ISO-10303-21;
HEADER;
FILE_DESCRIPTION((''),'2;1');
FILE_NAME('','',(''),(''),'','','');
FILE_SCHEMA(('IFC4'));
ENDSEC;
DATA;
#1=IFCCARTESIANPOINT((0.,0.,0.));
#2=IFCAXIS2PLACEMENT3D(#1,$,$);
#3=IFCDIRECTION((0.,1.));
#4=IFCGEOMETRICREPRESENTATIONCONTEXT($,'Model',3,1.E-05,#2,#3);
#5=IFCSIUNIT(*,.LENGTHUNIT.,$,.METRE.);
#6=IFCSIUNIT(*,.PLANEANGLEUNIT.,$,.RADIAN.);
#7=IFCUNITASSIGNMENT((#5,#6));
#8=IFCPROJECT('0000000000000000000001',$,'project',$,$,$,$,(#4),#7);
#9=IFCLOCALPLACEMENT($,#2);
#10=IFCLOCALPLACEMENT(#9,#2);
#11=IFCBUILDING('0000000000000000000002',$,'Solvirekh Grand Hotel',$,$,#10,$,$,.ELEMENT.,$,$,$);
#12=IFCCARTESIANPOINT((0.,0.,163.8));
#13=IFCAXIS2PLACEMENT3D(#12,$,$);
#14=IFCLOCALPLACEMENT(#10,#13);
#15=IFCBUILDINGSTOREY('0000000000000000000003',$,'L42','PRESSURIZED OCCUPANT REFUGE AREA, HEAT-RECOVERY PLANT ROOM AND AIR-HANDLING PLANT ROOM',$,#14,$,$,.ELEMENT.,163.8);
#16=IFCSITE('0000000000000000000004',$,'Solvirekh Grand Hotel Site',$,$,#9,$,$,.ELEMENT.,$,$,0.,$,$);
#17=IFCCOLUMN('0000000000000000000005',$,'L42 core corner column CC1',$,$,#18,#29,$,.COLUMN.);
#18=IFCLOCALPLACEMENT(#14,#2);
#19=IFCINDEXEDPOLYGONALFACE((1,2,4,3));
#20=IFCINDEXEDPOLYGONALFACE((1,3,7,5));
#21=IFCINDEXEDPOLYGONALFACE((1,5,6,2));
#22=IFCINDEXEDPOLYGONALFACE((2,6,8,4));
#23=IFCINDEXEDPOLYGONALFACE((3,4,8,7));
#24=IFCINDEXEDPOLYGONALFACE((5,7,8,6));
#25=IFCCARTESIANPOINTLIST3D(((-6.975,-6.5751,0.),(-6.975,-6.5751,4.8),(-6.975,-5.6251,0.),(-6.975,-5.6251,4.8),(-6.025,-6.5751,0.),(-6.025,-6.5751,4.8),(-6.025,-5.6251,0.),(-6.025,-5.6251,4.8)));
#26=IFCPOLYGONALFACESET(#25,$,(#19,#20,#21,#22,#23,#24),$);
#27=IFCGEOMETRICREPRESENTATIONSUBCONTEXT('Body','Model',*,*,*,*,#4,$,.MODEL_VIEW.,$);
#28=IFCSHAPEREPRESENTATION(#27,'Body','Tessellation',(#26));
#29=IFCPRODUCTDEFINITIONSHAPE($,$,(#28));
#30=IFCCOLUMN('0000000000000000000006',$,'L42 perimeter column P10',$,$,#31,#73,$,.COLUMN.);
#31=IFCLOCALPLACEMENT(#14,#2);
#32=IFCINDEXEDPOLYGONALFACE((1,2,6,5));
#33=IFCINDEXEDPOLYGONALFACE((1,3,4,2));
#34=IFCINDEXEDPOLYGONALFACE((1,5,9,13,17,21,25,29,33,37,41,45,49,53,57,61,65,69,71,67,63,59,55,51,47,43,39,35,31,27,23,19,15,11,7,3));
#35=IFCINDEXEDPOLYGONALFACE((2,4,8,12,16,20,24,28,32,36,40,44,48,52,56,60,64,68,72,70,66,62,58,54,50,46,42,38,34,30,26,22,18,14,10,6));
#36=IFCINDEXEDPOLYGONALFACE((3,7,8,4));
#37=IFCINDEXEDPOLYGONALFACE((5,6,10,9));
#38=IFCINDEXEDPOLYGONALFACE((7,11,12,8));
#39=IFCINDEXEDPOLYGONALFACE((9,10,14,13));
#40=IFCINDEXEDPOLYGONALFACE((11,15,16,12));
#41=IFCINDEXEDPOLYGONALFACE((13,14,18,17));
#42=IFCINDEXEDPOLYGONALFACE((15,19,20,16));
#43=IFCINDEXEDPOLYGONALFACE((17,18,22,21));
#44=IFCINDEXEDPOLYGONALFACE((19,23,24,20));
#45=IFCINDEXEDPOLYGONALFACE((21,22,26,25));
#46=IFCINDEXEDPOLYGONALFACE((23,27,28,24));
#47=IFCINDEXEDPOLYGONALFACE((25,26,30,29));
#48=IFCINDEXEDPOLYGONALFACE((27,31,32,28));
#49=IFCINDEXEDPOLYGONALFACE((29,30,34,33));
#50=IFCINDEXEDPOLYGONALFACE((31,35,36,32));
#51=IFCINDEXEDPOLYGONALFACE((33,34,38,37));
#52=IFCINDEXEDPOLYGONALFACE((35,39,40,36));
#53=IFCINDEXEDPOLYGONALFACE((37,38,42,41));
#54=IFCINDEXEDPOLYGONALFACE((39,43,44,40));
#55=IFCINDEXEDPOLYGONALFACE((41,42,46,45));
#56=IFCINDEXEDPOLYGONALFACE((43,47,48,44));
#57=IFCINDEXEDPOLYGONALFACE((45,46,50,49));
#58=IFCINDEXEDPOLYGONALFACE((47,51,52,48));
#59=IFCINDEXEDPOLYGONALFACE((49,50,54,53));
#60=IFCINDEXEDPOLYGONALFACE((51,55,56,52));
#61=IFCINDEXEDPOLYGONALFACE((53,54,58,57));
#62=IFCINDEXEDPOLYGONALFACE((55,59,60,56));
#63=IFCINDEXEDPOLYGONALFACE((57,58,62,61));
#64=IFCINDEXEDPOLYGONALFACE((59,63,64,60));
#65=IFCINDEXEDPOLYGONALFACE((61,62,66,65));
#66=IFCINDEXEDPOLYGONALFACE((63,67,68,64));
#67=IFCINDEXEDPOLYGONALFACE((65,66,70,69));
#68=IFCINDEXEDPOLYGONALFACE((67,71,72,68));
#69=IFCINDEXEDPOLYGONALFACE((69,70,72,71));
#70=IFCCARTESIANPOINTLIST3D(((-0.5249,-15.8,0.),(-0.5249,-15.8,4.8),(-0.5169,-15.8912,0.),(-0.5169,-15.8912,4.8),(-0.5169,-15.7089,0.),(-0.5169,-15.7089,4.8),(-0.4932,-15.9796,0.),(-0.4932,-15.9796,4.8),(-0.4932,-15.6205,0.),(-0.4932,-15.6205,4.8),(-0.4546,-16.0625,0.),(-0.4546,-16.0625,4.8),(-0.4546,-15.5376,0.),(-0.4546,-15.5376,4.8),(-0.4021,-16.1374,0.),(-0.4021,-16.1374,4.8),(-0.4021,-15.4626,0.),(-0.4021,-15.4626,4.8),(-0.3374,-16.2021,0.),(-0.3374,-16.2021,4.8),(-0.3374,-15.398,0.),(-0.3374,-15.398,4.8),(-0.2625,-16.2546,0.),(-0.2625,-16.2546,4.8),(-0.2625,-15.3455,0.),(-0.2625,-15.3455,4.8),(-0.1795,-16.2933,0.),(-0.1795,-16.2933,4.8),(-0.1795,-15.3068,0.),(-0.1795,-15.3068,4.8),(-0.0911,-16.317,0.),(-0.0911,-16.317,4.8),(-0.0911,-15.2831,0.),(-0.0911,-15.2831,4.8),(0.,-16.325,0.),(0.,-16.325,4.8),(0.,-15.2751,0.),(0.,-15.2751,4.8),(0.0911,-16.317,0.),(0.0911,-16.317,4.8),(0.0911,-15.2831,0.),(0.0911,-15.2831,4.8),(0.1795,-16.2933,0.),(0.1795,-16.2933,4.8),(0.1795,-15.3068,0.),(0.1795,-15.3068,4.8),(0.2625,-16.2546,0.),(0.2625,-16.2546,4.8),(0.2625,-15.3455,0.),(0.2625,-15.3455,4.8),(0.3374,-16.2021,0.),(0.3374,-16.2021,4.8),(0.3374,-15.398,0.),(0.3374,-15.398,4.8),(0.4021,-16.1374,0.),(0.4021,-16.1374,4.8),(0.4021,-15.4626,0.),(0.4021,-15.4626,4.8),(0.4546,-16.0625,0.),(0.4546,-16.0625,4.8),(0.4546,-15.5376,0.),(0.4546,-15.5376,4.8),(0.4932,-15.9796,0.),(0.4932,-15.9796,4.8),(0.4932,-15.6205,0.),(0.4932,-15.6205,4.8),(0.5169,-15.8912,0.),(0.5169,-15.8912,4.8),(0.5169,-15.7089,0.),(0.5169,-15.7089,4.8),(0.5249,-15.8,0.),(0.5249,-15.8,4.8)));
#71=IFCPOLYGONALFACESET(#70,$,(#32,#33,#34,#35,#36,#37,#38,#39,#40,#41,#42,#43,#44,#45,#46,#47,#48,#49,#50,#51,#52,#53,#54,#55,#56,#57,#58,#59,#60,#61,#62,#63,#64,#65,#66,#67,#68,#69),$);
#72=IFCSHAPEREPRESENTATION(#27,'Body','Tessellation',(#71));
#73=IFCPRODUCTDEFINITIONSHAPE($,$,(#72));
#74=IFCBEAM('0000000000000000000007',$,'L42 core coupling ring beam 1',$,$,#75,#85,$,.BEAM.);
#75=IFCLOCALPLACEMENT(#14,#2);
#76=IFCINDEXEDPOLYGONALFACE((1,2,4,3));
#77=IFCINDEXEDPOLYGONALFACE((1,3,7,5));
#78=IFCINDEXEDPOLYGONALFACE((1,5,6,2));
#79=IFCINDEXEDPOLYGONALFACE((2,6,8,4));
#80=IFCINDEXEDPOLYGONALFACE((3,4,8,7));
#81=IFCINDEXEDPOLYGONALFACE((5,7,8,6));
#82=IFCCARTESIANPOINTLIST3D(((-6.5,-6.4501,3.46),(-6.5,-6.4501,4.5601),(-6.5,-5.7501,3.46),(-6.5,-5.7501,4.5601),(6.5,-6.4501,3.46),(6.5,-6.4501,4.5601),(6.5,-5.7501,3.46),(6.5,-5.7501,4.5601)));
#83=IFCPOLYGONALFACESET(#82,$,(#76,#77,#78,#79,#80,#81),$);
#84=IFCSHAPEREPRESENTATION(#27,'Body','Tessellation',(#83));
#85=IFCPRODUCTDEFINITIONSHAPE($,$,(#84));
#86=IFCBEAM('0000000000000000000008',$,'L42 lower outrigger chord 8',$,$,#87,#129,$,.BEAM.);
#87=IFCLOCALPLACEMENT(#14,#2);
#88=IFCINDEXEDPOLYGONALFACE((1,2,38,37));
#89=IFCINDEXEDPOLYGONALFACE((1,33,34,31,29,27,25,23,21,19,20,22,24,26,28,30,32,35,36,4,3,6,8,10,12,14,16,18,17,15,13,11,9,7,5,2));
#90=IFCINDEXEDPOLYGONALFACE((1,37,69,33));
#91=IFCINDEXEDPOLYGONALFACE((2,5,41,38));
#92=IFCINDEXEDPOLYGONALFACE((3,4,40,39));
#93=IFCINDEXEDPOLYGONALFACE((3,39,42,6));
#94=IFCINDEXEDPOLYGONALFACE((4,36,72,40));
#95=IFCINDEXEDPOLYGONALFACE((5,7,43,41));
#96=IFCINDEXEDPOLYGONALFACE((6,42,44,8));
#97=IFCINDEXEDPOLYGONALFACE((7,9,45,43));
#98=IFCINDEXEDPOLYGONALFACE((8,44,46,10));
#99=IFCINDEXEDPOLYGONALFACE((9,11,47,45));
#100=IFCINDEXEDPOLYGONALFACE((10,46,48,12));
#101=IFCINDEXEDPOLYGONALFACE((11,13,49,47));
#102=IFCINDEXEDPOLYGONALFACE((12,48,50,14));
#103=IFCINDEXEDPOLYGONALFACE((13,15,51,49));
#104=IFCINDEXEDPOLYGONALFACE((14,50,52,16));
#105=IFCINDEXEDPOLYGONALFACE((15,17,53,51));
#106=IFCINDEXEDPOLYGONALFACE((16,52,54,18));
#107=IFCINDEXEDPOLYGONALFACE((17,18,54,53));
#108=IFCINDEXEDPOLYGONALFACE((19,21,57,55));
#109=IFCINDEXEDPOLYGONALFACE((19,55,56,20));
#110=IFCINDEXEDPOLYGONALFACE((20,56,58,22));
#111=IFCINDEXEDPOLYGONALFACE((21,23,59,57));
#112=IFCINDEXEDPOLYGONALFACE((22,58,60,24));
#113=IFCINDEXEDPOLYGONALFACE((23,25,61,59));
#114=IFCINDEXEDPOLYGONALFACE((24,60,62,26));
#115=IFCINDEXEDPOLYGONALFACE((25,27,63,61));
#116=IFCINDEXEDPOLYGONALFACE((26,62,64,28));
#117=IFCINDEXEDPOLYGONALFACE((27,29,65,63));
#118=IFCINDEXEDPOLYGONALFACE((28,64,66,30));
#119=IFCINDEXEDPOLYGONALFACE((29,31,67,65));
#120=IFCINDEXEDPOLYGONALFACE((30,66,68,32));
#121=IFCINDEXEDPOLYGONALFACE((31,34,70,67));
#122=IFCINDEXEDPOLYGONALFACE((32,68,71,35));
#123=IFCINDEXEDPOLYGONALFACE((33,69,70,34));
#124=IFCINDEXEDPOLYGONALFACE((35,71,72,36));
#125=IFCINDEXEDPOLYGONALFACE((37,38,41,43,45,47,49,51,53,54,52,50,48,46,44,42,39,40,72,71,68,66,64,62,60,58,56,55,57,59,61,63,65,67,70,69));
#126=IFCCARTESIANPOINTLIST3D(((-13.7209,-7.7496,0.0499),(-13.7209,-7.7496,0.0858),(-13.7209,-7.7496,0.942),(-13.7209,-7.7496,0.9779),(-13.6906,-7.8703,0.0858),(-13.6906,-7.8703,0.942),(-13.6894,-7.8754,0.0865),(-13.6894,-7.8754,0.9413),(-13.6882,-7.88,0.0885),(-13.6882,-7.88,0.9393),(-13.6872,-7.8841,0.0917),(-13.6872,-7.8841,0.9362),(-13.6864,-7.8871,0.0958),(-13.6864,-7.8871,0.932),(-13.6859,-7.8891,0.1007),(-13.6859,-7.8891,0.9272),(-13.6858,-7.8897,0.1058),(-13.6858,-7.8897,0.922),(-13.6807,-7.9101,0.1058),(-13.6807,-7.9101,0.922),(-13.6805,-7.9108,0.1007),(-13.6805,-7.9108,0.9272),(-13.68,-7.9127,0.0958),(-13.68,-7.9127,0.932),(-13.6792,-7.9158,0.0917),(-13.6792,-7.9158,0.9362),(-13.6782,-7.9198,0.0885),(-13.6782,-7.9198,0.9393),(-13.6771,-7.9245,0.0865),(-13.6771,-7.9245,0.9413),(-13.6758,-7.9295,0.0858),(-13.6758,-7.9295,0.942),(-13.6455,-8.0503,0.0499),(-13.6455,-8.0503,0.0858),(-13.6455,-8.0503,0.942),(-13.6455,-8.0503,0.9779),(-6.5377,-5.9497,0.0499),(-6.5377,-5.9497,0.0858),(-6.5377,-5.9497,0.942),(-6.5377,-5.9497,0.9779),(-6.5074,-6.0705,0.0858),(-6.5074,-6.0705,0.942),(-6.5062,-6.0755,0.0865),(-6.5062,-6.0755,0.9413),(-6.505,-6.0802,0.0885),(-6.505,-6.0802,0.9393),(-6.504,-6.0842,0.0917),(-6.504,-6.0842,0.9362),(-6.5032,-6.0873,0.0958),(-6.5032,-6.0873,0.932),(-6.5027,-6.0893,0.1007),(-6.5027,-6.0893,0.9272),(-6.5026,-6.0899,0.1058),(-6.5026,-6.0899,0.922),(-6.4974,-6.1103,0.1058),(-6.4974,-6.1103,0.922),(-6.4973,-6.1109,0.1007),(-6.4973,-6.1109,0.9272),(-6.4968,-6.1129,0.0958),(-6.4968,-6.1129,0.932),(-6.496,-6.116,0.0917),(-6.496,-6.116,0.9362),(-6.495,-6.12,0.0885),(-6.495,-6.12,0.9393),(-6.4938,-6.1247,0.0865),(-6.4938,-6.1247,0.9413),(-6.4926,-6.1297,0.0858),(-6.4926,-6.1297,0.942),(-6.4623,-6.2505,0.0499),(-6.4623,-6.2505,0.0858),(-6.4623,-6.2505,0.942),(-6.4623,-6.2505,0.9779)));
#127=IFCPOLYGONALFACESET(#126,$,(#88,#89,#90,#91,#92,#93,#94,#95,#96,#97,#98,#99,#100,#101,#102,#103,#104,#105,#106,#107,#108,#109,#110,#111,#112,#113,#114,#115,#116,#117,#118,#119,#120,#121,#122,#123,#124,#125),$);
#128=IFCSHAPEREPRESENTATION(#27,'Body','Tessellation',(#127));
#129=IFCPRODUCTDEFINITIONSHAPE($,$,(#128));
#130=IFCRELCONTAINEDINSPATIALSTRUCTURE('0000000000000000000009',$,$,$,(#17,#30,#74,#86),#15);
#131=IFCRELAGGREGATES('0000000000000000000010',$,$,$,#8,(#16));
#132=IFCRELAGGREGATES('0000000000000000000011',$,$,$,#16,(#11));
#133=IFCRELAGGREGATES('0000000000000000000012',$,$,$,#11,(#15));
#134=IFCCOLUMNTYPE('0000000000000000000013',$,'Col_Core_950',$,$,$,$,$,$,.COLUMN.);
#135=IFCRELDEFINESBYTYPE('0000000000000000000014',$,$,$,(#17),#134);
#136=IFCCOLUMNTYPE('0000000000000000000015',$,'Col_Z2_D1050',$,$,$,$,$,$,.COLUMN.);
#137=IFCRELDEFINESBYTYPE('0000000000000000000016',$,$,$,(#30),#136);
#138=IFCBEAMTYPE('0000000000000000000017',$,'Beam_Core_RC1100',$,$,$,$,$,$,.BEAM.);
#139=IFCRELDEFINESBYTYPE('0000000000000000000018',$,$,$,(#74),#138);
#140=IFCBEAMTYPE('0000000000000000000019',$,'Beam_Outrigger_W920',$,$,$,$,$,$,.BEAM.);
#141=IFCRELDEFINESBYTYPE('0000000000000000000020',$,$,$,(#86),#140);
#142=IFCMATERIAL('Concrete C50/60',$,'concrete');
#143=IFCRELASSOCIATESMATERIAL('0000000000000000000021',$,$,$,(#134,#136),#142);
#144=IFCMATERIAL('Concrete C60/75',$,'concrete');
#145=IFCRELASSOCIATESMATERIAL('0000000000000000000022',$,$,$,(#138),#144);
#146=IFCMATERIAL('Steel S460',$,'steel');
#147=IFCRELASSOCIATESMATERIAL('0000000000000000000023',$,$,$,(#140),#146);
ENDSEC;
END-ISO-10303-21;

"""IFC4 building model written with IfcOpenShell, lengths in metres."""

from ifc_helpers import new_model, si_unit, direction, frame, origin, origin_2d, place, context, subcontext, project, spatial, rectangle, circle, i_section, extrude, material, material_profile, profile_set, type_object, element, save


model = new_model("IFC4")

# Units and contexts
model_context = context("Model", 3, precision=1e-05, world=origin(), true_north=direction((0.0, 1.0)))
body_context = subcontext(model_context, "Body", "Model", "MODEL_VIEW")
ifc_project = project(units=[si_unit("LENGTHUNIT", "METRE"), si_unit("PLANEANGLEUNIT", "RADIAN")], contexts=[model_context])

# Site, building, storey
site_placement = place(None, origin())
site = spatial("IfcSite", under=ifc_project, at=site_placement, Name="Solvirekh Grand Hotel Site", CompositionType="ELEMENT", RefElevation=0.0)
building_placement = place(site_placement, origin())
building = spatial("IfcBuilding", under=site, at=building_placement, Name="Solvirekh Grand Hotel", CompositionType="ELEMENT")
storey_placement = place(building_placement, frame((0.0, 0.0, 163.8)))
storey = spatial("IfcBuildingStorey", under=building, at=storey_placement, Name="L42", Description="PRESSURIZED OCCUPANT REFUGE AREA, HEAT-RECOVERY PLANT ROOM AND AIR-HANDLING PLANT ROOM", CompositionType="ELEMENT", Elevation=163.8)

# Columns
ifc_material_1 = material(Name="Concrete C50/60", Category="concrete")
ifc_material_profile_1 = material_profile(ifc_material_1, rectangle(XDim=0.95, YDim=0.95, at=origin_2d()), Name="RC 950X950")
ifc_profile_set_1 = profile_set([ifc_material_profile_1], Name="Concrete C50/60")
column_type_1 = type_object("IfcColumnType", Name="Col_Core_950", PredefinedType="COLUMN", material=ifc_profile_set_1)
column_1_placement = place(storey_placement, frame((-6.5, -6.1001, 0.0), z_axis=(0.0, 0.0, 1.0), x_axis=(1.0, 0.0, 0.0)))
element("IfcColumn", 1, at=column_1_placement, inside=storey, type_object=column_type_1, Name="L42 core corner column CC1", PredefinedType="COLUMN", context=body_context, shape_type="SweptSolid", body=[
    extrude(rectangle(XDim=0.95, YDim=0.95, at=origin_2d()), origin(), (0.0, 0.0, 1.0), 4.8),
])
ifc_material_profile_2 = material_profile(ifc_material_1, circle(Radius=0.5249, at=origin_2d()), Name="RC CIRC D1050")
ifc_profile_set_2 = profile_set([ifc_material_profile_2], Name="Concrete C50/60")
column_type_2 = type_object("IfcColumnType", Name="Col_Z2_D1050", PredefinedType="COLUMN", material=ifc_profile_set_2)
column_2_placement = place(storey_placement, frame((0.0, -15.8, 0.0), z_axis=(0.0, 0.0, 1.0), x_axis=(1.0, 0.0, 0.0)))
element("IfcColumn", 2, at=column_2_placement, inside=storey, type_object=column_type_2, Name="L42 perimeter column P10", PredefinedType="COLUMN", context=body_context, shape_type="SweptSolid", body=[
    extrude(circle(Radius=0.5249, at=origin_2d()), origin(), (0.0, 0.0, 1.0), 4.8),
])

# Beams
ifc_material_2 = material(Name="Concrete C60/75", Category="concrete")
ifc_material_profile_3 = material_profile(ifc_material_2, rectangle(XDim=0.7, YDim=1.1001, at=origin_2d()), Name="RC BEAM 700X1100")
ifc_profile_set_3 = profile_set([ifc_material_profile_3], Name="Concrete C60/75")
beam_type_1 = type_object("IfcBeamType", Name="Beam_Core_RC1100", PredefinedType="BEAM", material=ifc_profile_set_3)
beam_1_placement = place(storey_placement, frame((-6.5, -6.1001, 4.01), z_axis=(1.0, 0.0, 0.0), x_axis=(0.0, 1.0, 0.0)))
element("IfcBeam", 3, at=beam_1_placement, inside=storey, type_object=beam_type_1, Name="L42 core coupling ring beam 1", PredefinedType="BEAM", context=body_context, shape_type="SweptSolid", body=[
    extrude(rectangle(XDim=0.7, YDim=1.1001, at=origin_2d()), origin(), (0.0, 0.0, 1.0), 13.0),
])
ifc_material_3 = material(Name="Steel S460", Category="steel")
ifc_material_profile_4 = material_profile(ifc_material_3, i_section(OverallWidth=0.3101, OverallDepth=0.928, WebThickness=0.021, FlangeThickness=0.0359, FilletRadius=0.02, at=origin_2d()), Name="W920X342")
ifc_profile_set_4 = profile_set([ifc_material_profile_4], Name="Steel S460")
beam_type_2 = type_object("IfcBeamType", Name="Beam_Outrigger_W920", PredefinedType="BEAM", material=ifc_profile_set_4)
beam_2_placement = place(storey_placement, frame((-6.5, -6.1001, 0.5139), z_axis=(-0.970014, -0.243048, 0.0), x_axis=(0.243048, -0.970014, 0.0)))
element("IfcBeam", 4, at=beam_2_placement, inside=storey, type_object=beam_type_2, Name="L42 lower outrigger chord 8", PredefinedType="BEAM", context=body_context, shape_type="SweptSolid", body=[
    extrude(i_section(OverallWidth=0.3101, OverallDepth=0.928, WebThickness=0.021, FlangeThickness=0.0359, FilletRadius=0.02, at=origin_2d()), origin(), (0.0, 0.0, 1.0), 7.4053),
])

save(model, "model.ifc")
